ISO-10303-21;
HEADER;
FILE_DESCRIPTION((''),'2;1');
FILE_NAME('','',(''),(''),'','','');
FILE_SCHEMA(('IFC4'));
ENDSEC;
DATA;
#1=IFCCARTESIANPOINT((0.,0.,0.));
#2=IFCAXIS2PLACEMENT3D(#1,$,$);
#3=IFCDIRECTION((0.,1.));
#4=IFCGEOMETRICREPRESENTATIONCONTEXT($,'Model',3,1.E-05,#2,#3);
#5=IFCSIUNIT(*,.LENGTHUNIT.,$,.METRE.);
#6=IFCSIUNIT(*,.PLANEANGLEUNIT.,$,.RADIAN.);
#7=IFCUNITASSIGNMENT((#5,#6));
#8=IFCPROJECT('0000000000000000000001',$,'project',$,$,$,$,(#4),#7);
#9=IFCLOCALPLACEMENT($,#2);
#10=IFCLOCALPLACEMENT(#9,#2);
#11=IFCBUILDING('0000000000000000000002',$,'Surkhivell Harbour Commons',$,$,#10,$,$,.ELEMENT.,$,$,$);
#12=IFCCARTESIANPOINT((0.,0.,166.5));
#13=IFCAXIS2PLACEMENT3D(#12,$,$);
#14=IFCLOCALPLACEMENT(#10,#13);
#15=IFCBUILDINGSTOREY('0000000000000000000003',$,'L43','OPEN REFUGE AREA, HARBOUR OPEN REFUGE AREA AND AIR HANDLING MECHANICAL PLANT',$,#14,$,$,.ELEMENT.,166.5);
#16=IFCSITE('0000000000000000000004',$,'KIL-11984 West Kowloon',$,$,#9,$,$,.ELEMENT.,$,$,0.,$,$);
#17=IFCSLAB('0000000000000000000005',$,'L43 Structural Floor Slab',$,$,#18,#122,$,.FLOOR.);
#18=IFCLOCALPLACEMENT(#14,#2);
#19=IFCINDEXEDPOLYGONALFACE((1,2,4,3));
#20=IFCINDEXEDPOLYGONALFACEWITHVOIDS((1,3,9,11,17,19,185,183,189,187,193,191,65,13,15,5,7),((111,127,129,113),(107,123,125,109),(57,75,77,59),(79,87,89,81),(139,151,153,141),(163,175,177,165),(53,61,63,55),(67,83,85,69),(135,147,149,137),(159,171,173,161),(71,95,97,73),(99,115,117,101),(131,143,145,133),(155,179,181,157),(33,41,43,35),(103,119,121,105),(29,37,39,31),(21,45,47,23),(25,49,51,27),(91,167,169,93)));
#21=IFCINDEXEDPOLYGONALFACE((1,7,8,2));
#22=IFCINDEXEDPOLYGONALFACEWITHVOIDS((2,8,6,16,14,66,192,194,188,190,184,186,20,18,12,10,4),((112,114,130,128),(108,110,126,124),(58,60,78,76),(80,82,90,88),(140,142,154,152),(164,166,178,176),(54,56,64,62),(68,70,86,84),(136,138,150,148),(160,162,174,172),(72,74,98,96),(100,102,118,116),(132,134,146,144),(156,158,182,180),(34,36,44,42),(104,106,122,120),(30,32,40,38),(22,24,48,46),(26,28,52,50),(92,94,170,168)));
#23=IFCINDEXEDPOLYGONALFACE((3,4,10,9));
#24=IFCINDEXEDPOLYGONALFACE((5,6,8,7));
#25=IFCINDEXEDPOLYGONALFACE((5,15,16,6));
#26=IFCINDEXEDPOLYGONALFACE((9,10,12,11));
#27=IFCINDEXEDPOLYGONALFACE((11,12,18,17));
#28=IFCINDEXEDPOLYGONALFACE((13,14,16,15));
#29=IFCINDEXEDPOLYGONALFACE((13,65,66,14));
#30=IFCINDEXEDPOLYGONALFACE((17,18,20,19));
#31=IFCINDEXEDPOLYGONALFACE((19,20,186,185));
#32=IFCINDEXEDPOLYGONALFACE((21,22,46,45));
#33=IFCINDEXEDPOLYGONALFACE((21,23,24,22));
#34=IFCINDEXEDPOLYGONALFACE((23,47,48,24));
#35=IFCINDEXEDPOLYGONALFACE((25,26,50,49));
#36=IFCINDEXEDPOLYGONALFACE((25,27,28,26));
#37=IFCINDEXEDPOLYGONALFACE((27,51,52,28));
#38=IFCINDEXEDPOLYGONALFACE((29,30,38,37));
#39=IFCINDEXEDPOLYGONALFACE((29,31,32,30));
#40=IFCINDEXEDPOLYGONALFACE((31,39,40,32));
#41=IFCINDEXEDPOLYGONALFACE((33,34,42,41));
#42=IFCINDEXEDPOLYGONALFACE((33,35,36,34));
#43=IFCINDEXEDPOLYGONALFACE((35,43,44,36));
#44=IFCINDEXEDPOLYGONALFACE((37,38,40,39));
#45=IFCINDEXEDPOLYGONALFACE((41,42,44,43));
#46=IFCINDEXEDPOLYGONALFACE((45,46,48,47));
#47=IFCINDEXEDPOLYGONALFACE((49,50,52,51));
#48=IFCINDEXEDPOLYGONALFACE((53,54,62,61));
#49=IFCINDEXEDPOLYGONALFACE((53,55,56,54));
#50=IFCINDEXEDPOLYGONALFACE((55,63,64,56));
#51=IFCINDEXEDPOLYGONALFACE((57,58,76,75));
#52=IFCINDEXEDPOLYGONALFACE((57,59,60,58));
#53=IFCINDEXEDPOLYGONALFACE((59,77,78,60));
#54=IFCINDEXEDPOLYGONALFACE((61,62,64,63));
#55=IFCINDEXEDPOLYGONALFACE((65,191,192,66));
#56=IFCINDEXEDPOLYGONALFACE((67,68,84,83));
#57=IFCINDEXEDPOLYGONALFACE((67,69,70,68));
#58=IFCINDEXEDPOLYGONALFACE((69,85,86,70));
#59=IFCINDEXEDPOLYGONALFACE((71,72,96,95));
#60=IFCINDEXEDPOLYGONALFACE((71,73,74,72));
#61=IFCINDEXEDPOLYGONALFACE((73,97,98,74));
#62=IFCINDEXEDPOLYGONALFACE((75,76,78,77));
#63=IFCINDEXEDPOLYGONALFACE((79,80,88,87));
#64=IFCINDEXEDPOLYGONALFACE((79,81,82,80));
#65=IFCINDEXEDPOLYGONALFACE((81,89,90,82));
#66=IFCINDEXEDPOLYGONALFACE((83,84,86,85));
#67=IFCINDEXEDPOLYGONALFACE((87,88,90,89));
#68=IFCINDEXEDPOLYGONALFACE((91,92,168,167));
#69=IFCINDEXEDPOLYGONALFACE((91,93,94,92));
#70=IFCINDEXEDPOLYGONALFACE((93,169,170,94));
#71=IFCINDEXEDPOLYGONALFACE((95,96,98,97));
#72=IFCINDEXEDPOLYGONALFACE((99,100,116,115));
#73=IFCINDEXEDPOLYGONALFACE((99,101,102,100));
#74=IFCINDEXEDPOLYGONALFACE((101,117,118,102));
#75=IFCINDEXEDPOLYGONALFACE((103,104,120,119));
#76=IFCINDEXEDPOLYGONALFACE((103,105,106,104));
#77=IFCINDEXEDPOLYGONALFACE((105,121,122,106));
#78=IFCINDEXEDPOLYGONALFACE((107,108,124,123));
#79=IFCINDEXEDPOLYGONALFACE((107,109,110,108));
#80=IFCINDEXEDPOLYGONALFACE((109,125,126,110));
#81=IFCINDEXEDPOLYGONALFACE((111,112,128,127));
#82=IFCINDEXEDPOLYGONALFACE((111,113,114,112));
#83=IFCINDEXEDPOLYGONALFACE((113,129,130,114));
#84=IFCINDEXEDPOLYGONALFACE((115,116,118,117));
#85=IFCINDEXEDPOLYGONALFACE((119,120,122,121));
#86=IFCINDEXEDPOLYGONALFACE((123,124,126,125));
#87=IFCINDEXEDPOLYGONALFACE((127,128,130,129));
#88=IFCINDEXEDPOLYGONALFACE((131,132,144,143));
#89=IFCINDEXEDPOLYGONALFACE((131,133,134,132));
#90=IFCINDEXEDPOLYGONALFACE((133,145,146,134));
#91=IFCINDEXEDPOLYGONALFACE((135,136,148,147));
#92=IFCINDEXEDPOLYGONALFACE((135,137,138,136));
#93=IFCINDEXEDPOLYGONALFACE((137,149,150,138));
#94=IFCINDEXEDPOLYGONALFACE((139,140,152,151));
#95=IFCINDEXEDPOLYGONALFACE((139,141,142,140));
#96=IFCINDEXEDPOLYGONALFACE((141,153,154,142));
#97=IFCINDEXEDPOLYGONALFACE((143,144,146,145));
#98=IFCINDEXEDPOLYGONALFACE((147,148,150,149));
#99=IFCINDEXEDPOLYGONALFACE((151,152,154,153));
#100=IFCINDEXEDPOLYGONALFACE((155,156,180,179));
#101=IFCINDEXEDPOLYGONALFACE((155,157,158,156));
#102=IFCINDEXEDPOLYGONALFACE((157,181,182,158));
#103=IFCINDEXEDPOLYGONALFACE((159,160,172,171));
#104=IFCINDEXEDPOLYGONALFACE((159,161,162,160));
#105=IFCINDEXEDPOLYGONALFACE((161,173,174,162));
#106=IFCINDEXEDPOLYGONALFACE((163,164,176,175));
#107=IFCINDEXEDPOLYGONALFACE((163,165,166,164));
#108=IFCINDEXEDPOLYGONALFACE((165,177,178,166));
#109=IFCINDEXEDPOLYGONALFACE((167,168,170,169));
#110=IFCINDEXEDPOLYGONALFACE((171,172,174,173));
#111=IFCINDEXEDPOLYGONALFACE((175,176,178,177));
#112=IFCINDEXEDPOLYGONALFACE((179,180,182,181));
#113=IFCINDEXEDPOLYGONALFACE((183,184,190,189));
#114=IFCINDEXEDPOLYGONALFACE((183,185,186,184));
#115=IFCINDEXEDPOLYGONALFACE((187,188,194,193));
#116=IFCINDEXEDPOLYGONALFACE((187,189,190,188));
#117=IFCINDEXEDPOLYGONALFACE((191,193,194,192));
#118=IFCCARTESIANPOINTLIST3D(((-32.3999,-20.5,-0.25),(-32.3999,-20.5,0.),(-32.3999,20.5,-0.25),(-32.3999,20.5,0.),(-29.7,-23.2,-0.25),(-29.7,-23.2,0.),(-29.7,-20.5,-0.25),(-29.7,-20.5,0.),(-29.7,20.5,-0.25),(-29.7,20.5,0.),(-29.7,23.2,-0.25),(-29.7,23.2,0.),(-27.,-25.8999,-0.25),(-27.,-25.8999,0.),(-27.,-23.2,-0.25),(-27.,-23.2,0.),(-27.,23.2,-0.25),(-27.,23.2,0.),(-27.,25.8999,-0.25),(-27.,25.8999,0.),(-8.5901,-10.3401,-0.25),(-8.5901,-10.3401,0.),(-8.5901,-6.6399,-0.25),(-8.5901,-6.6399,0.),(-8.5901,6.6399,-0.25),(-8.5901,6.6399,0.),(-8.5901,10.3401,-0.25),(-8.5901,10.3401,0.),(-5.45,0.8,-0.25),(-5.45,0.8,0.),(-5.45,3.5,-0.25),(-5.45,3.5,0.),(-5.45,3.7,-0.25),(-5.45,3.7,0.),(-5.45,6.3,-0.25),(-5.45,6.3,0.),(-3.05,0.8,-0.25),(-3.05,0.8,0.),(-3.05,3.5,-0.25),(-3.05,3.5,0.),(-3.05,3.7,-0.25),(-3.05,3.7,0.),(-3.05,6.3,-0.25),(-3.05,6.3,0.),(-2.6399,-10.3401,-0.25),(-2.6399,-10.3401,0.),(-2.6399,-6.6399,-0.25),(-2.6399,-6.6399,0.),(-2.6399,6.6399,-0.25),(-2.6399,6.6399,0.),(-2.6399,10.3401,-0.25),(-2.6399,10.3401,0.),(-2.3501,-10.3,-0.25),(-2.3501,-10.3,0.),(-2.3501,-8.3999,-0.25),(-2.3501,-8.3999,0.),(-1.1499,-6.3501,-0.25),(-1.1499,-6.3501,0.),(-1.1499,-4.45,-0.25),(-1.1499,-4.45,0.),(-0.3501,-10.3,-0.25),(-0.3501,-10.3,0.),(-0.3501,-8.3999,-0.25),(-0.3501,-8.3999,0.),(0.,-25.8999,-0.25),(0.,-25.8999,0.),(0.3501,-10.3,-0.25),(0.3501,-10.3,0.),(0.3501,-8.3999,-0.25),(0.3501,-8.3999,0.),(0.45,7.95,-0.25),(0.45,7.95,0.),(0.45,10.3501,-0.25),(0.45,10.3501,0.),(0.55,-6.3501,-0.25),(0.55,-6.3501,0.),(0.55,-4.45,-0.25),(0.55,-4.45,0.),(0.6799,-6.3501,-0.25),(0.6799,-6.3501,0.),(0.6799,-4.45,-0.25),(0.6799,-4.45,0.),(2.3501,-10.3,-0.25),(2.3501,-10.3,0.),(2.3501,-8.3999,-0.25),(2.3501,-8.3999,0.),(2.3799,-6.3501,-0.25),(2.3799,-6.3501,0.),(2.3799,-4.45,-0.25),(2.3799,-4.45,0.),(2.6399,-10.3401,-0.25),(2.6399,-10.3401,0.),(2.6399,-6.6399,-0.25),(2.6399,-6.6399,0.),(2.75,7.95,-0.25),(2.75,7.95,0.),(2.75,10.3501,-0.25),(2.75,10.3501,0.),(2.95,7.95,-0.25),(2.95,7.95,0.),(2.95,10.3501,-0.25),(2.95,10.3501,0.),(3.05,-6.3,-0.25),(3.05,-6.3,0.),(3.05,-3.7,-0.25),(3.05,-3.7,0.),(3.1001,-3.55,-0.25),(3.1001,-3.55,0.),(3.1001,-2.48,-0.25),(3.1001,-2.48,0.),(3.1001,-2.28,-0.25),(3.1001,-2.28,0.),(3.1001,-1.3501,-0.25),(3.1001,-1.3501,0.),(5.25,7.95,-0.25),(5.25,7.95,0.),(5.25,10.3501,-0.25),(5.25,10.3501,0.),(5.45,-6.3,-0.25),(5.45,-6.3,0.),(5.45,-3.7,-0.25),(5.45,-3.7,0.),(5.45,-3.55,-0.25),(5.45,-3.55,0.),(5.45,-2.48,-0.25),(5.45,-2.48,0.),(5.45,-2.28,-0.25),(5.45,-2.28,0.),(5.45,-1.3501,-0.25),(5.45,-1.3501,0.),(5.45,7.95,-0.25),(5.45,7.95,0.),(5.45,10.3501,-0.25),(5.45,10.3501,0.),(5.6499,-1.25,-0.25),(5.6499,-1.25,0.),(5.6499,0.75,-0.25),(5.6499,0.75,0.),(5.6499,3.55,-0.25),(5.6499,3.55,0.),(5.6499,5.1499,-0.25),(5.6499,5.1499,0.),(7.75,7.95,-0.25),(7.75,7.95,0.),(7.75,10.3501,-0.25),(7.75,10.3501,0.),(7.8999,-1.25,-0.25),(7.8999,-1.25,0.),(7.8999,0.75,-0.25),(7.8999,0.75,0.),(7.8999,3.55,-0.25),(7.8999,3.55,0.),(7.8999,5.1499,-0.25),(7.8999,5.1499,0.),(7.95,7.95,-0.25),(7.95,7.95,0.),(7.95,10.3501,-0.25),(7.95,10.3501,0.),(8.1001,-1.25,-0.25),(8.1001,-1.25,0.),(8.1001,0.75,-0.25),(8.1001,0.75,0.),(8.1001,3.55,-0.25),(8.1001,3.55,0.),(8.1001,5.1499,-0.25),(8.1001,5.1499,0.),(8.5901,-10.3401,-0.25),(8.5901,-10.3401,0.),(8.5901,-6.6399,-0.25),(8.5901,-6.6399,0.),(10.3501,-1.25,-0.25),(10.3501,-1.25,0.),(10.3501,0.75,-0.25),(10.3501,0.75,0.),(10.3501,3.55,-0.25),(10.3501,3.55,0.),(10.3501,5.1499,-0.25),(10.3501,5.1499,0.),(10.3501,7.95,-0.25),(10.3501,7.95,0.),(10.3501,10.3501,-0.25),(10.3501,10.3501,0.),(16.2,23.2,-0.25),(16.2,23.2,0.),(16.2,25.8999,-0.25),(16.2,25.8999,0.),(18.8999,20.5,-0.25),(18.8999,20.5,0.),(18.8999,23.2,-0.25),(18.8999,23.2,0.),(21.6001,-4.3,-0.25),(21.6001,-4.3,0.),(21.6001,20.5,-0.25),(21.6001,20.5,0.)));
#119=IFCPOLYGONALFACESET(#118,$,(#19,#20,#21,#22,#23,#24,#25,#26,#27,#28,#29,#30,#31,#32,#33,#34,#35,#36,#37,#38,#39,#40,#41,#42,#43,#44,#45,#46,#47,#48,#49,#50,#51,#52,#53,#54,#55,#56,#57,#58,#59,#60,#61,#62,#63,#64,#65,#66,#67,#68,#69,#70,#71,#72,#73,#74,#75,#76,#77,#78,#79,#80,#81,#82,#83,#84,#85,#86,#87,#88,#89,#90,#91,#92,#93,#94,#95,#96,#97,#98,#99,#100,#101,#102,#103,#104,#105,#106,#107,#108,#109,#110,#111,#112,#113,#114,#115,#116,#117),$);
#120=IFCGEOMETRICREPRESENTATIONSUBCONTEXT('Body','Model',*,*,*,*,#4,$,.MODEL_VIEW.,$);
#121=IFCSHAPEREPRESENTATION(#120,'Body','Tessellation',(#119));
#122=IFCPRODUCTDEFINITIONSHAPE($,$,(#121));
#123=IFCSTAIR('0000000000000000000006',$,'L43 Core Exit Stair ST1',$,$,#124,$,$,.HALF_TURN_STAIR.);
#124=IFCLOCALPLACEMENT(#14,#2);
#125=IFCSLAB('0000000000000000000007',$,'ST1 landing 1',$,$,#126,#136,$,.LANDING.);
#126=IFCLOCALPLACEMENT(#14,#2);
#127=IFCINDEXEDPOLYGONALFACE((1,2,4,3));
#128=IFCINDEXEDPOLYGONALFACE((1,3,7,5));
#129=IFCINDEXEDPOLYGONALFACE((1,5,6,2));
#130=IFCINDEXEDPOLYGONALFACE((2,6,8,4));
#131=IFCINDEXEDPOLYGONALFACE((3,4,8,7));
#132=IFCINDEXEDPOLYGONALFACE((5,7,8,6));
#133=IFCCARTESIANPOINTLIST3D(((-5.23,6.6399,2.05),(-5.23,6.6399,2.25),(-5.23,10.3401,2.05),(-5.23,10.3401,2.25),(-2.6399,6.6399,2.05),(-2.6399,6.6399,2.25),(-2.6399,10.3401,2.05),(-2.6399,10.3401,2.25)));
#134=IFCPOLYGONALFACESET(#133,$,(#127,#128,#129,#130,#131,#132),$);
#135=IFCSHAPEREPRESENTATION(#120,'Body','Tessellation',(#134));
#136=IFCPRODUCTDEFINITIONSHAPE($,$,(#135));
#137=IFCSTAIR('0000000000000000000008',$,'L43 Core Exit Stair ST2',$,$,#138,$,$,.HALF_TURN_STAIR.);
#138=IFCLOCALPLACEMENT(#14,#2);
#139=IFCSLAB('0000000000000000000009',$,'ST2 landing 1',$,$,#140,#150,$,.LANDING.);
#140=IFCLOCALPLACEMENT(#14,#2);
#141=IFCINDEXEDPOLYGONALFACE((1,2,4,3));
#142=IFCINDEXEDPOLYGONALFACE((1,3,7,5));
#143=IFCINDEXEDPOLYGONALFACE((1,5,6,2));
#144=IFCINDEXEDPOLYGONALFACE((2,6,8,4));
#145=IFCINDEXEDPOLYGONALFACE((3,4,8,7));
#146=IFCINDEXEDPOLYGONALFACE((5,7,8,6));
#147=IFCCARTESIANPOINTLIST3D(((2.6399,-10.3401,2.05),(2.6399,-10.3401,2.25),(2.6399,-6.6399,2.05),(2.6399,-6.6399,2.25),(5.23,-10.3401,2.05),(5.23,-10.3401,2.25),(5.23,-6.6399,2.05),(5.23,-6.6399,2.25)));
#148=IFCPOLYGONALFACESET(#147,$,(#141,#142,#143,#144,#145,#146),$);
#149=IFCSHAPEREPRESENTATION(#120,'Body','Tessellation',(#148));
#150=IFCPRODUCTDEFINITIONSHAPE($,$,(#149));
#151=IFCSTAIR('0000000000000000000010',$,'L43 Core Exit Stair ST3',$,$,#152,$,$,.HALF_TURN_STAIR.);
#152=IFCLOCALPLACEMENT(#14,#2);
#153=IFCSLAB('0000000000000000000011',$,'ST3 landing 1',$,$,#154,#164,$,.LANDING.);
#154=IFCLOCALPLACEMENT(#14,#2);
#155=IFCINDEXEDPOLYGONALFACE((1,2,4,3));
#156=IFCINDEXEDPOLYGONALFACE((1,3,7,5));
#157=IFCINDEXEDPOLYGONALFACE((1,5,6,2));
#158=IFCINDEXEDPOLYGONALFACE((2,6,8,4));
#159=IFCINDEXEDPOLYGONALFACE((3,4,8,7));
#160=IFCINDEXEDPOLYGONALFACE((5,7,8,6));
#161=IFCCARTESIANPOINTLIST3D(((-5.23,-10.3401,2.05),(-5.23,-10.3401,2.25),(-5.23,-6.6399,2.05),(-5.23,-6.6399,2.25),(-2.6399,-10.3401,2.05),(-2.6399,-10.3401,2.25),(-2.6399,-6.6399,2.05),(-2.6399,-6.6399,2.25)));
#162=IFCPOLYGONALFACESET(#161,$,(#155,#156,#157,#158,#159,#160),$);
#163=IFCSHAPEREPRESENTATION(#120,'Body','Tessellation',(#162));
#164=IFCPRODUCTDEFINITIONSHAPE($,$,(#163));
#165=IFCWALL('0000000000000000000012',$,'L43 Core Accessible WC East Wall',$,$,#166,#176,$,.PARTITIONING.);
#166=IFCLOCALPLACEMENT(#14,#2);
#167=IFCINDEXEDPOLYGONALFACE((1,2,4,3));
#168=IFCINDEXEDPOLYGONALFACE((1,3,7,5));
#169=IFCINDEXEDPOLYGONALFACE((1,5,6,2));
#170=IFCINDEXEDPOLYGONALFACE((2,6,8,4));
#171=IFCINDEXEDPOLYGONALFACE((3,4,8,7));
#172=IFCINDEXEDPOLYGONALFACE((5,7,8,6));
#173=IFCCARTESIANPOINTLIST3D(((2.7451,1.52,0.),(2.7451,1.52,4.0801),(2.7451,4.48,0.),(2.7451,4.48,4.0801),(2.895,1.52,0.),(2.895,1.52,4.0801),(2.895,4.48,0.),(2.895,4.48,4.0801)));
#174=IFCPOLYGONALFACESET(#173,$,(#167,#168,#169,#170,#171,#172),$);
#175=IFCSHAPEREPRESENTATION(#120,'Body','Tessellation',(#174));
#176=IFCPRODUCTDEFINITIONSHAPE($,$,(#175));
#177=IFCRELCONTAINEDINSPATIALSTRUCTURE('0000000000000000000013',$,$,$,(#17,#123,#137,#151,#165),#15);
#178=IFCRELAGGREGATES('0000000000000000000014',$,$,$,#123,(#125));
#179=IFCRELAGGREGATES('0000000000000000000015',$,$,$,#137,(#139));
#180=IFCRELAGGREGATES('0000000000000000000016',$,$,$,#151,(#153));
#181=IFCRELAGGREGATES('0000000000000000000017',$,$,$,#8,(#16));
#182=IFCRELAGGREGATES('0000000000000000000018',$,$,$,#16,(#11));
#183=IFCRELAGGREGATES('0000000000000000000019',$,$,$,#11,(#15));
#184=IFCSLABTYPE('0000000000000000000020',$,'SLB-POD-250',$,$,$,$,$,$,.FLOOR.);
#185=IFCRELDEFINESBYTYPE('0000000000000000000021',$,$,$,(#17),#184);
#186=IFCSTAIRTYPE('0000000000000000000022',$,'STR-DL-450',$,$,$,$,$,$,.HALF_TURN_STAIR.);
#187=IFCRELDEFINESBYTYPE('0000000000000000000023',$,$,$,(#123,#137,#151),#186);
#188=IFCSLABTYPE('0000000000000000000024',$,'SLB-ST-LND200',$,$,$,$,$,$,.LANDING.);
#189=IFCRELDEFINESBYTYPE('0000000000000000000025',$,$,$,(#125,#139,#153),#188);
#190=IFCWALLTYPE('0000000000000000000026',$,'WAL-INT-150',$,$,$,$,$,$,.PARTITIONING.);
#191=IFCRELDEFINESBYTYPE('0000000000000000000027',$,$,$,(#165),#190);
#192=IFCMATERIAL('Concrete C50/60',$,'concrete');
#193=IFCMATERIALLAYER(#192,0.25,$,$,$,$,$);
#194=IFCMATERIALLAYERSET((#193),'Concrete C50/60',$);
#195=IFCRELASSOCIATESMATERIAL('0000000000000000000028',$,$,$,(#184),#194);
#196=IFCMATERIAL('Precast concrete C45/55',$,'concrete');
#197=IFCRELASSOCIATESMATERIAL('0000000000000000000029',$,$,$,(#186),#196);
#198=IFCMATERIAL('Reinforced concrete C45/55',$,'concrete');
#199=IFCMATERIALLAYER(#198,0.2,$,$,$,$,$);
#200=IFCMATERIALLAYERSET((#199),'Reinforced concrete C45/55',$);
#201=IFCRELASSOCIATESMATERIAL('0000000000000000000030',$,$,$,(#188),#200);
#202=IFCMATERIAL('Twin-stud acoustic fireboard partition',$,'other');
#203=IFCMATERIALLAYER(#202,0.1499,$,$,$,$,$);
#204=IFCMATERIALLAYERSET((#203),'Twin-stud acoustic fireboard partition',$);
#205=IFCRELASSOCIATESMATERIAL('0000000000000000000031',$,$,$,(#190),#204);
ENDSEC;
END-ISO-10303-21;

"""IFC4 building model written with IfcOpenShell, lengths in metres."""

from ifc_helpers import new_model, si_unit, direction, frame, frame_2d, origin, place, context, subcontext, project, spatial, polyline, rectangle, outline, extrude, material, layer, layer_set, type_object, element, aggregate, save


model = new_model("IFC4")

# Units and contexts
model_context = context("Model", 3, precision=1e-05, world=origin(), true_north=direction((0.0, 1.0)))
body_context = subcontext(model_context, "Body", "Model", "MODEL_VIEW")
ifc_project = project(units=[si_unit("LENGTHUNIT", "METRE"), si_unit("PLANEANGLEUNIT", "RADIAN")], contexts=[model_context])

# Site, building, storey
site_placement = place(None, origin())
site = spatial("IfcSite", under=ifc_project, at=site_placement, Name="KIL-11984 West Kowloon", CompositionType="ELEMENT", RefElevation=0.0)
building_placement = place(site_placement, origin())
building = spatial("IfcBuilding", under=site, at=building_placement, Name="Surkhivell Harbour Commons", CompositionType="ELEMENT")
storey_placement = place(building_placement, frame((0.0, 0.0, 166.5)))
storey = spatial("IfcBuildingStorey", under=building, at=storey_placement, Name="L43", Description="OPEN REFUGE AREA, HARBOUR OPEN REFUGE AREA AND AIR HANDLING MECHANICAL PLANT", CompositionType="ELEMENT", Elevation=166.5)

# Slab
ifc_material_1 = material(Name="Concrete C50/60", Category="concrete")
ifc_layer_1 = layer(ifc_material_1, 0.25)
ifc_layer_set_1 = layer_set([ifc_layer_1], Name="Concrete C50/60")
slab_type_1 = type_object("IfcSlabType", Name="SLB-POD-250", PredefinedType="FLOOR", material=ifc_layer_set_1)
slab_1_placement = place(storey_placement, frame((0.0, 0.0, -0.25)))
element("IfcSlab", 1, at=slab_1_placement, inside=storey, type_object=slab_type_1, Name="L43 Structural Floor Slab", PredefinedType="FLOOR", context=body_context, shape_type="SweptSolid", body=[
    extrude(outline(polyline([(-27.0, -25.8999), (0.0, -25.8999), (21.6001, -4.3), (21.6001, 20.5), (18.8999, 20.5), (18.8999, 23.2), (16.2, 23.2), (16.2, 25.8999), (-27.0, 25.8999), (-27.0, 23.2), (-29.7, 23.2), (-29.7, 20.5), (-32.3999, 20.5), (-32.3999, -20.5), (-29.7, -20.5), (-29.7, -23.2), (-27.0, -23.2), (-27.0, -25.8999)]), holes=[polyline([(-8.5901, 6.6399), (-2.6399, 6.6399), (-2.6399, 10.3401), (-8.5901, 10.3401), (-8.5901, 6.6399)]), polyline([(8.5901, -6.6399), (2.6399, -6.6399), (2.6399, -10.3401), (8.5901, -10.3401), (8.5901, -6.6399)]), polyline([(-8.5901, -10.3401), (-2.6399, -10.3401), (-2.6399, -6.6399), (-8.5901, -6.6399), (-8.5901, -10.3401)]), polyline([(0.45, 7.95), (2.75, 7.95), (2.75, 10.3501), (0.45, 10.3501), (0.45, 7.95)]), polyline([(2.95, 7.95), (5.25, 7.95), (5.25, 10.3501), (2.95, 10.3501), (2.95, 7.95)]), polyline([(5.45, 7.95), (7.75, 7.95), (7.75, 10.3501), (5.45, 10.3501), (5.45, 7.95)]), polyline([(7.95, 7.95), (10.3501, 7.95), (10.3501, 10.3501), (7.95, 10.3501), (7.95, 7.95)]), polyline([(5.6499, 3.55), (7.8999, 3.55), (7.8999, 5.1499), (5.6499, 5.1499), (5.6499, 3.55)]), polyline([(8.1001, 3.55), (10.3501, 3.55), (10.3501, 5.1499), (8.1001, 5.1499), (8.1001, 3.55)]), polyline([(5.6499, -1.25), (7.8999, -1.25), (7.8999, 0.75), (5.6499, 0.75), (5.6499, -1.25)]), polyline([(8.1001, -1.25), (10.3501, -1.25), (10.3501, 0.75), (8.1001, 0.75), (8.1001, -1.25)]), polyline([(-1.1499, -6.3501), (0.55, -6.3501), (0.55, -4.45), (-1.1499, -4.45), (-1.1499, -6.3501)]), polyline([(0.6799, -6.3501), (2.3799, -6.3501), (2.3799, -4.45), (0.6799, -4.45), (0.6799, -6.3501)]), polyline([(-2.3501, -10.3), (-0.3501, -10.3), (-0.3501, -8.3999), (-2.3501, -8.3999), (-2.3501, -10.3)]), polyline([(0.3501, -10.3), (2.3501, -10.3), (2.3501, -8.3999), (0.3501, -8.3999), (0.3501, -10.3)]), polyline([(-5.45, 3.7), (-3.05, 3.7), (-3.05, 6.3), (-5.45, 6.3), (-5.45, 3.7)]), polyline([(3.05, -6.3), (5.45, -6.3), (5.45, -3.7), (3.05, -3.7), (3.05, -6.3)]), polyline([(-5.45, 0.8), (-3.05, 0.8), (-3.05, 3.5), (-5.45, 3.5), (-5.45, 0.8)]), polyline([(3.1001, -3.55), (5.45, -3.55), (5.45, -2.48), (3.1001, -2.48), (3.1001, -3.55)]), polyline([(3.1001, -2.28), (5.45, -2.28), (5.45, -1.3501), (3.1001, -1.3501), (3.1001, -2.28)])]), origin(), (0.0, 0.0, 1.0), 0.25),
])

# Stairs, slabs
ifc_material_2 = material(Name="Precast concrete C45/55", Category="concrete")
stair_type = type_object("IfcStairType", Name="STR-DL-450", PredefinedType="HALF_TURN_STAIR", material=ifc_material_2)
stair_1_placement = place(storey_placement, origin())
stair_1 = element("IfcStair", 2, at=stair_1_placement, inside=storey, type_object=stair_type, Name="L43 Core Exit Stair ST1", PredefinedType="HALF_TURN_STAIR")
ifc_material_3 = material(Name="Reinforced concrete C45/55", Category="concrete")
ifc_layer_2 = layer(ifc_material_3, 0.2)
ifc_layer_set_2 = layer_set([ifc_layer_2], Name="Reinforced concrete C45/55")
slab_type_2 = type_object("IfcSlabType", Name="SLB-ST-LND200", PredefinedType="LANDING", material=ifc_layer_set_2)
slab_2_placement = place(storey_placement, frame((0.0, 0.0, 2.05)))
slab_2 = element("IfcSlab", 3, at=slab_2_placement, type_object=slab_type_2, Name="ST1 landing 1", PredefinedType="LANDING", context=body_context, shape_type="SweptSolid", body=[
    extrude(outline(polyline([(-5.23, 6.6399), (-2.6399, 6.6399), (-2.6399, 10.3401), (-5.23, 10.3401), (-5.23, 6.6399)])), origin(), (0.0, 0.0, 1.0), 0.2),
])
aggregate(stair_1, [slab_2])
stair_2_placement = place(storey_placement, origin())
stair_2 = element("IfcStair", 4, at=stair_2_placement, inside=storey, type_object=stair_type, Name="L43 Core Exit Stair ST2", PredefinedType="HALF_TURN_STAIR")
slab_3_placement = place(storey_placement, frame((0.0, 0.0, 2.05)))
slab_3 = element("IfcSlab", 5, at=slab_3_placement, type_object=slab_type_2, Name="ST2 landing 1", PredefinedType="LANDING", context=body_context, shape_type="SweptSolid", body=[
    extrude(outline(polyline([(5.23, -6.6399), (2.6399, -6.6399), (2.6399, -10.3401), (5.23, -10.3401), (5.23, -6.6399)])), origin(), (0.0, 0.0, 1.0), 0.2),
])
aggregate(stair_2, [slab_3])
stair_3_placement = place(storey_placement, origin())
stair_3 = element("IfcStair", 6, at=stair_3_placement, inside=storey, type_object=stair_type, Name="L43 Core Exit Stair ST3", PredefinedType="HALF_TURN_STAIR")
slab_4_placement = place(storey_placement, frame((0.0, 0.0, 2.05)))
slab_4 = element("IfcSlab", 7, at=slab_4_placement, type_object=slab_type_2, Name="ST3 landing 1", PredefinedType="LANDING", context=body_context, shape_type="SweptSolid", body=[
    extrude(outline(polyline([(-5.23, -10.3401), (-2.6399, -10.3401), (-2.6399, -6.6399), (-5.23, -6.6399), (-5.23, -10.3401)])), origin(), (0.0, 0.0, 1.0), 0.2),
])
aggregate(stair_3, [slab_4])

# Wall
ifc_material_4 = material(Name="Twin-stud acoustic fireboard partition", Category="other")
ifc_layer_3 = layer(ifc_material_4, 0.1499)
ifc_layer_set_3 = layer_set([ifc_layer_3], Name="Twin-stud acoustic fireboard partition")
wall_type_1 = type_object("IfcWallType", Name="WAL-INT-150", PredefinedType="PARTITIONING", material=ifc_layer_set_3)
wall_1_placement = place(storey_placement, frame((2.8201, 1.52, 0.0), z_axis=(0.0, 0.0, 1.0), x_axis=(0.0, 1.0, 0.0)))
element("IfcWall", 8, at=wall_1_placement, inside=storey, type_object=wall_type_1, Name="L43 Core Accessible WC East Wall", PredefinedType="PARTITIONING", context=body_context, shape_type="SweptSolid", body=[
    extrude(rectangle(XDim=2.96, YDim=0.1499, at=frame_2d((1.48, 0.0))), origin(), (0.0, 0.0, 1.0), 4.0801),
])

save(model, "model.ifc")
